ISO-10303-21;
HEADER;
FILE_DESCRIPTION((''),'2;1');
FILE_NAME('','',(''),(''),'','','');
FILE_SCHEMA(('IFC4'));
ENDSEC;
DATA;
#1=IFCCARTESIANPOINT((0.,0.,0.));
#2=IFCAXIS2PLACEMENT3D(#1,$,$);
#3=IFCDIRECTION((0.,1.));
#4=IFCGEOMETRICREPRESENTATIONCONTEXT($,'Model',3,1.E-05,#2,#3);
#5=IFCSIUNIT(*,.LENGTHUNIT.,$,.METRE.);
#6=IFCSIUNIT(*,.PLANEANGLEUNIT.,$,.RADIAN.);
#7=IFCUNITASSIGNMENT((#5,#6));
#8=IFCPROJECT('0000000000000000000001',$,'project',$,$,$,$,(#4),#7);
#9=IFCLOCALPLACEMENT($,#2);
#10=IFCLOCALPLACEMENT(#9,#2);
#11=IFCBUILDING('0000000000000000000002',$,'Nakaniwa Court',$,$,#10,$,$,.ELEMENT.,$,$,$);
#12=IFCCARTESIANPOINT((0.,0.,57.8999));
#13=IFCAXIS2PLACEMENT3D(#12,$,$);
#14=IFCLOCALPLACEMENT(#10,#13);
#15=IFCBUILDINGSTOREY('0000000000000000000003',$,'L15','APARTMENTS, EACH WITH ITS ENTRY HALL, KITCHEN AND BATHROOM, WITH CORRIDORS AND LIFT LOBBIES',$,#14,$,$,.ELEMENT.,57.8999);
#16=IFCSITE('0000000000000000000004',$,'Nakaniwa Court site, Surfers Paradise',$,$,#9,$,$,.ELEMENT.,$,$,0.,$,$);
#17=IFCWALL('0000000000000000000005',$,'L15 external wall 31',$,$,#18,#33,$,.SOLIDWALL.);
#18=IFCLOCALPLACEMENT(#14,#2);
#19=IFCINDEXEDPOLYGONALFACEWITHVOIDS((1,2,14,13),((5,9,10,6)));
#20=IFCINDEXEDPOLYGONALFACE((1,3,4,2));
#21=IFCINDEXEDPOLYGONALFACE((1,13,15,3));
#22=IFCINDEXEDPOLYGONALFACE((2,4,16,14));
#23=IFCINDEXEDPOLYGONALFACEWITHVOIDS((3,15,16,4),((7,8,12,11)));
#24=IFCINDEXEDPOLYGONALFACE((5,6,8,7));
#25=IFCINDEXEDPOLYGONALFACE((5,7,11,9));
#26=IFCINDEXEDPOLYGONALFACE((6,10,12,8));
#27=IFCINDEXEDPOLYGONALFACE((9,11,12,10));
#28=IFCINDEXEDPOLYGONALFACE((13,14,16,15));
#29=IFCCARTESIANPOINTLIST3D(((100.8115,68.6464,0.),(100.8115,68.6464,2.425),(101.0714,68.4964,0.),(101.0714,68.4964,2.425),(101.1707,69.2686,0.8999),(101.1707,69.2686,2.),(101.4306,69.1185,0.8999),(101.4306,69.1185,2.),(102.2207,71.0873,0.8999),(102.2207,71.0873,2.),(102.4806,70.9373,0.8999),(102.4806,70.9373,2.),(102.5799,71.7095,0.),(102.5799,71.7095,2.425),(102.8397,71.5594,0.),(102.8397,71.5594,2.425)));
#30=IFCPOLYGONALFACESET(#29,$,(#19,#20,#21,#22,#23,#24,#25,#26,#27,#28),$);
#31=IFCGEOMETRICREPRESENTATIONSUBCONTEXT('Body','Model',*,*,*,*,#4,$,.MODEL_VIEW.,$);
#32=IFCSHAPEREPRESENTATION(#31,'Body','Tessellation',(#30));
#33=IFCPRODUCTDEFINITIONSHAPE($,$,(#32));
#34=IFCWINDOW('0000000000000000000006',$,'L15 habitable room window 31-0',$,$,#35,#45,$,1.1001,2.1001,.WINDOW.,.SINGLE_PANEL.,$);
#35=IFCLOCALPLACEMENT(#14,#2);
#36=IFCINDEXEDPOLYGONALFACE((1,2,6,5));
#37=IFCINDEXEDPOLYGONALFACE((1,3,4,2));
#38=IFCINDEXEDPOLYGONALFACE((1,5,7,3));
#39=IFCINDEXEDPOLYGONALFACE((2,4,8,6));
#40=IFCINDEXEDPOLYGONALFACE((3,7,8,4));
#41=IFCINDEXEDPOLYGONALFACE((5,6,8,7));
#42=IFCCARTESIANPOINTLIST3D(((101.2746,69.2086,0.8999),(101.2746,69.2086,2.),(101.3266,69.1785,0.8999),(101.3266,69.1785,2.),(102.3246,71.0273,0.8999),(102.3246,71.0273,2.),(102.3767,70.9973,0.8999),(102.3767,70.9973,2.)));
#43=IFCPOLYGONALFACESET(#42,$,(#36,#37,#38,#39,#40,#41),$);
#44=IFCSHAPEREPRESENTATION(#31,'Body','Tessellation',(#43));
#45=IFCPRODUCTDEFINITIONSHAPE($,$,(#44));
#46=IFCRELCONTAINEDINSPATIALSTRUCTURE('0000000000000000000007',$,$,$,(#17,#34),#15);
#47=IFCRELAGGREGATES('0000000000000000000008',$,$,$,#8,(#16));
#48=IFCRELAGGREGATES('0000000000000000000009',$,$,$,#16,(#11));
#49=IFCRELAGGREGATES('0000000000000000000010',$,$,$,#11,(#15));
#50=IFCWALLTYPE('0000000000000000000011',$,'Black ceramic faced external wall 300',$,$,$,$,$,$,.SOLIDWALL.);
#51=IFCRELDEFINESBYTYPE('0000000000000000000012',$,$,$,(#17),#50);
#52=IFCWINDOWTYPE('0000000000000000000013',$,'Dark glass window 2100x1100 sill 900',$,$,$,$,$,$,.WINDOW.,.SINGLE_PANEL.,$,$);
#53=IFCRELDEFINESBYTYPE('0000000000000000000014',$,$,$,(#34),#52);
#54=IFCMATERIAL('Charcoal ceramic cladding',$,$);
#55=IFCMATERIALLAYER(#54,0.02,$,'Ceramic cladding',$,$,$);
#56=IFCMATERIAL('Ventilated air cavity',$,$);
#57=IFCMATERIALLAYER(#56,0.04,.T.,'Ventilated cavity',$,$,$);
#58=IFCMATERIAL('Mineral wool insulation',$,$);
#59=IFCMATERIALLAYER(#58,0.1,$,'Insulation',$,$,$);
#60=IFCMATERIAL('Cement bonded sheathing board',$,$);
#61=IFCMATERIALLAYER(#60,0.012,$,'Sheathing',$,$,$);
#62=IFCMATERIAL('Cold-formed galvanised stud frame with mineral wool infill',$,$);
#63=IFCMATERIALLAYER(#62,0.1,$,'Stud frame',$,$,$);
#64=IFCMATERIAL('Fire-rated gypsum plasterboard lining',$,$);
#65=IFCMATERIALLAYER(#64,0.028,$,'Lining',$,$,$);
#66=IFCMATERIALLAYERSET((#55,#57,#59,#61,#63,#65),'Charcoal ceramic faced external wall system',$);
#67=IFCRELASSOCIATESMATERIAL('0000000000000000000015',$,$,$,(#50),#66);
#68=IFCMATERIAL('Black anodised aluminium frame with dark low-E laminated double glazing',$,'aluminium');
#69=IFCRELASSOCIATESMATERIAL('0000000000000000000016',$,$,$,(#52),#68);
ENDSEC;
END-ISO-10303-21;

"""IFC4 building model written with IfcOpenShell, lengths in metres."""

from ifc_helpers import new_model, si_unit, direction, frame, frame_2d, origin, place, context, subcontext, project, spatial, rectangle, extrude, material, layer, layer_set, type_object, element, fill, save


model = new_model("IFC4")

# Units and contexts
model_context = context("Model", 3, precision=1e-05, world=origin(), true_north=direction((0.0, 1.0)))
body_context = subcontext(model_context, "Body", "Model", "MODEL_VIEW")
ifc_project = project(units=[si_unit("LENGTHUNIT", "METRE"), si_unit("PLANEANGLEUNIT", "RADIAN")], contexts=[model_context])

# Site, building, storey
site_placement = place(None, origin())
site = spatial("IfcSite", under=ifc_project, at=site_placement, Name="Nakaniwa Court site, Surfers Paradise", CompositionType="ELEMENT", RefElevation=0.0)
building_placement = place(site_placement, origin())
building = spatial("IfcBuilding", under=site, at=building_placement, Name="Nakaniwa Court", CompositionType="ELEMENT")
storey_placement = place(building_placement, frame((0.0, 0.0, 57.8999)))
storey = spatial("IfcBuildingStorey", under=building, at=storey_placement, Name="L15", Description="APARTMENTS, EACH WITH ITS ENTRY HALL, KITCHEN AND BATHROOM, WITH CORRIDORS AND LIFT LOBBIES", CompositionType="ELEMENT", Elevation=57.8999)

# Wall, opening, window
ifc_material_1 = material(Name="Charcoal ceramic cladding")
ifc_layer_1 = layer(ifc_material_1, 0.02, Name="Ceramic cladding")
ifc_material_2 = material(Name="Ventilated air cavity")
ifc_layer_2 = layer(ifc_material_2, 0.04, ventilated=True, Name="Ventilated cavity")
ifc_material_3 = material(Name="Mineral wool insulation")
ifc_layer_3 = layer(ifc_material_3, 0.1, Name="Insulation")
ifc_material_4 = material(Name="Cement bonded sheathing board")
ifc_layer_4 = layer(ifc_material_4, 0.012, Name="Sheathing")
ifc_material_5 = material(Name="Cold-formed galvanised stud frame with mineral wool infill")
ifc_layer_5 = layer(ifc_material_5, 0.1, Name="Stud frame")
ifc_material_6 = material(Name="Fire-rated gypsum plasterboard lining")
ifc_layer_6 = layer(ifc_material_6, 0.028, Name="Lining")
ifc_layer_set_1 = layer_set([ifc_layer_1, ifc_layer_2, ifc_layer_3, ifc_layer_4, ifc_layer_5, ifc_layer_6], Name="Charcoal ceramic faced external wall system")
wall_type_1 = type_object("IfcWallType", Name="Black ceramic faced external wall 300", PredefinedType="SOLIDWALL", material=ifc_layer_set_1)
ifc_material_7 = material(Name="Black anodised aluminium frame with dark low-E laminated double glazing", Category="aluminium")
window_type_1 = type_object("IfcWindowType", Name="Dark glass window 2100x1100 sill 900", PartitioningType="SINGLE_PANEL", PredefinedType="WINDOW", material=ifc_material_7)
wall_1_placement = place(storey_placement, frame((100.9414, 68.5713, 0.0), z_axis=(0.0, 0.0, 1.0), x_axis=(0.499977, 0.866038, 0.0)))
wall_1 = element("IfcWall", 1, at=wall_1_placement, inside=storey, type_object=wall_type_1, Name="L15 external wall 31", PredefinedType="SOLIDWALL", context=body_context, shape_type="SweptSolid", body=[
    extrude(rectangle(XDim=3.5369, YDim=0.3, at=frame_2d((1.7686, 0.0))), origin(), (0.0, 0.0, 1.0), 2.425),
])
opening_1_placement = place(wall_1_placement, frame((0.7185, 0.0, 0.8999)))
opening_1 = element("IfcOpeningElement", 2, at=opening_1_placement, cuts=wall_1, PredefinedType="OPENING", context=body_context, shape_type="SweptSolid", body=[
    extrude(rectangle(XDim=2.1001, YDim=1.1001, at=frame_2d((1.05, 0.55))), frame((0.0, 0.1599, 0.0), z_axis=(0.0, -1.0, 0.0), x_axis=(1.0, 0.0, 0.0)), (0.0, 0.0, 1.0), 0.3201),
])
window_1_placement = place(opening_1_placement, origin())
window_1 = element("IfcWindow", 3, at=window_1_placement, inside=storey, type_object=window_type_1, Name="L15 habitable room window 31-0", OverallHeight=1.1001, OverallWidth=2.1001, PartitioningType="SINGLE_PANEL", PredefinedType="WINDOW", context=body_context, shape_type="SweptSolid", body=[
    extrude(rectangle(XDim=2.1001, YDim=1.1001, at=frame_2d((1.05, 0.55))), frame((0.0, 0.03, 0.0), z_axis=(0.0, -1.0, 0.0), x_axis=(1.0, 0.0, 0.0)), (0.0, 0.0, 1.0), 0.0601),
])
fill(opening_1, window_1)

save(model, "model.ifc")
